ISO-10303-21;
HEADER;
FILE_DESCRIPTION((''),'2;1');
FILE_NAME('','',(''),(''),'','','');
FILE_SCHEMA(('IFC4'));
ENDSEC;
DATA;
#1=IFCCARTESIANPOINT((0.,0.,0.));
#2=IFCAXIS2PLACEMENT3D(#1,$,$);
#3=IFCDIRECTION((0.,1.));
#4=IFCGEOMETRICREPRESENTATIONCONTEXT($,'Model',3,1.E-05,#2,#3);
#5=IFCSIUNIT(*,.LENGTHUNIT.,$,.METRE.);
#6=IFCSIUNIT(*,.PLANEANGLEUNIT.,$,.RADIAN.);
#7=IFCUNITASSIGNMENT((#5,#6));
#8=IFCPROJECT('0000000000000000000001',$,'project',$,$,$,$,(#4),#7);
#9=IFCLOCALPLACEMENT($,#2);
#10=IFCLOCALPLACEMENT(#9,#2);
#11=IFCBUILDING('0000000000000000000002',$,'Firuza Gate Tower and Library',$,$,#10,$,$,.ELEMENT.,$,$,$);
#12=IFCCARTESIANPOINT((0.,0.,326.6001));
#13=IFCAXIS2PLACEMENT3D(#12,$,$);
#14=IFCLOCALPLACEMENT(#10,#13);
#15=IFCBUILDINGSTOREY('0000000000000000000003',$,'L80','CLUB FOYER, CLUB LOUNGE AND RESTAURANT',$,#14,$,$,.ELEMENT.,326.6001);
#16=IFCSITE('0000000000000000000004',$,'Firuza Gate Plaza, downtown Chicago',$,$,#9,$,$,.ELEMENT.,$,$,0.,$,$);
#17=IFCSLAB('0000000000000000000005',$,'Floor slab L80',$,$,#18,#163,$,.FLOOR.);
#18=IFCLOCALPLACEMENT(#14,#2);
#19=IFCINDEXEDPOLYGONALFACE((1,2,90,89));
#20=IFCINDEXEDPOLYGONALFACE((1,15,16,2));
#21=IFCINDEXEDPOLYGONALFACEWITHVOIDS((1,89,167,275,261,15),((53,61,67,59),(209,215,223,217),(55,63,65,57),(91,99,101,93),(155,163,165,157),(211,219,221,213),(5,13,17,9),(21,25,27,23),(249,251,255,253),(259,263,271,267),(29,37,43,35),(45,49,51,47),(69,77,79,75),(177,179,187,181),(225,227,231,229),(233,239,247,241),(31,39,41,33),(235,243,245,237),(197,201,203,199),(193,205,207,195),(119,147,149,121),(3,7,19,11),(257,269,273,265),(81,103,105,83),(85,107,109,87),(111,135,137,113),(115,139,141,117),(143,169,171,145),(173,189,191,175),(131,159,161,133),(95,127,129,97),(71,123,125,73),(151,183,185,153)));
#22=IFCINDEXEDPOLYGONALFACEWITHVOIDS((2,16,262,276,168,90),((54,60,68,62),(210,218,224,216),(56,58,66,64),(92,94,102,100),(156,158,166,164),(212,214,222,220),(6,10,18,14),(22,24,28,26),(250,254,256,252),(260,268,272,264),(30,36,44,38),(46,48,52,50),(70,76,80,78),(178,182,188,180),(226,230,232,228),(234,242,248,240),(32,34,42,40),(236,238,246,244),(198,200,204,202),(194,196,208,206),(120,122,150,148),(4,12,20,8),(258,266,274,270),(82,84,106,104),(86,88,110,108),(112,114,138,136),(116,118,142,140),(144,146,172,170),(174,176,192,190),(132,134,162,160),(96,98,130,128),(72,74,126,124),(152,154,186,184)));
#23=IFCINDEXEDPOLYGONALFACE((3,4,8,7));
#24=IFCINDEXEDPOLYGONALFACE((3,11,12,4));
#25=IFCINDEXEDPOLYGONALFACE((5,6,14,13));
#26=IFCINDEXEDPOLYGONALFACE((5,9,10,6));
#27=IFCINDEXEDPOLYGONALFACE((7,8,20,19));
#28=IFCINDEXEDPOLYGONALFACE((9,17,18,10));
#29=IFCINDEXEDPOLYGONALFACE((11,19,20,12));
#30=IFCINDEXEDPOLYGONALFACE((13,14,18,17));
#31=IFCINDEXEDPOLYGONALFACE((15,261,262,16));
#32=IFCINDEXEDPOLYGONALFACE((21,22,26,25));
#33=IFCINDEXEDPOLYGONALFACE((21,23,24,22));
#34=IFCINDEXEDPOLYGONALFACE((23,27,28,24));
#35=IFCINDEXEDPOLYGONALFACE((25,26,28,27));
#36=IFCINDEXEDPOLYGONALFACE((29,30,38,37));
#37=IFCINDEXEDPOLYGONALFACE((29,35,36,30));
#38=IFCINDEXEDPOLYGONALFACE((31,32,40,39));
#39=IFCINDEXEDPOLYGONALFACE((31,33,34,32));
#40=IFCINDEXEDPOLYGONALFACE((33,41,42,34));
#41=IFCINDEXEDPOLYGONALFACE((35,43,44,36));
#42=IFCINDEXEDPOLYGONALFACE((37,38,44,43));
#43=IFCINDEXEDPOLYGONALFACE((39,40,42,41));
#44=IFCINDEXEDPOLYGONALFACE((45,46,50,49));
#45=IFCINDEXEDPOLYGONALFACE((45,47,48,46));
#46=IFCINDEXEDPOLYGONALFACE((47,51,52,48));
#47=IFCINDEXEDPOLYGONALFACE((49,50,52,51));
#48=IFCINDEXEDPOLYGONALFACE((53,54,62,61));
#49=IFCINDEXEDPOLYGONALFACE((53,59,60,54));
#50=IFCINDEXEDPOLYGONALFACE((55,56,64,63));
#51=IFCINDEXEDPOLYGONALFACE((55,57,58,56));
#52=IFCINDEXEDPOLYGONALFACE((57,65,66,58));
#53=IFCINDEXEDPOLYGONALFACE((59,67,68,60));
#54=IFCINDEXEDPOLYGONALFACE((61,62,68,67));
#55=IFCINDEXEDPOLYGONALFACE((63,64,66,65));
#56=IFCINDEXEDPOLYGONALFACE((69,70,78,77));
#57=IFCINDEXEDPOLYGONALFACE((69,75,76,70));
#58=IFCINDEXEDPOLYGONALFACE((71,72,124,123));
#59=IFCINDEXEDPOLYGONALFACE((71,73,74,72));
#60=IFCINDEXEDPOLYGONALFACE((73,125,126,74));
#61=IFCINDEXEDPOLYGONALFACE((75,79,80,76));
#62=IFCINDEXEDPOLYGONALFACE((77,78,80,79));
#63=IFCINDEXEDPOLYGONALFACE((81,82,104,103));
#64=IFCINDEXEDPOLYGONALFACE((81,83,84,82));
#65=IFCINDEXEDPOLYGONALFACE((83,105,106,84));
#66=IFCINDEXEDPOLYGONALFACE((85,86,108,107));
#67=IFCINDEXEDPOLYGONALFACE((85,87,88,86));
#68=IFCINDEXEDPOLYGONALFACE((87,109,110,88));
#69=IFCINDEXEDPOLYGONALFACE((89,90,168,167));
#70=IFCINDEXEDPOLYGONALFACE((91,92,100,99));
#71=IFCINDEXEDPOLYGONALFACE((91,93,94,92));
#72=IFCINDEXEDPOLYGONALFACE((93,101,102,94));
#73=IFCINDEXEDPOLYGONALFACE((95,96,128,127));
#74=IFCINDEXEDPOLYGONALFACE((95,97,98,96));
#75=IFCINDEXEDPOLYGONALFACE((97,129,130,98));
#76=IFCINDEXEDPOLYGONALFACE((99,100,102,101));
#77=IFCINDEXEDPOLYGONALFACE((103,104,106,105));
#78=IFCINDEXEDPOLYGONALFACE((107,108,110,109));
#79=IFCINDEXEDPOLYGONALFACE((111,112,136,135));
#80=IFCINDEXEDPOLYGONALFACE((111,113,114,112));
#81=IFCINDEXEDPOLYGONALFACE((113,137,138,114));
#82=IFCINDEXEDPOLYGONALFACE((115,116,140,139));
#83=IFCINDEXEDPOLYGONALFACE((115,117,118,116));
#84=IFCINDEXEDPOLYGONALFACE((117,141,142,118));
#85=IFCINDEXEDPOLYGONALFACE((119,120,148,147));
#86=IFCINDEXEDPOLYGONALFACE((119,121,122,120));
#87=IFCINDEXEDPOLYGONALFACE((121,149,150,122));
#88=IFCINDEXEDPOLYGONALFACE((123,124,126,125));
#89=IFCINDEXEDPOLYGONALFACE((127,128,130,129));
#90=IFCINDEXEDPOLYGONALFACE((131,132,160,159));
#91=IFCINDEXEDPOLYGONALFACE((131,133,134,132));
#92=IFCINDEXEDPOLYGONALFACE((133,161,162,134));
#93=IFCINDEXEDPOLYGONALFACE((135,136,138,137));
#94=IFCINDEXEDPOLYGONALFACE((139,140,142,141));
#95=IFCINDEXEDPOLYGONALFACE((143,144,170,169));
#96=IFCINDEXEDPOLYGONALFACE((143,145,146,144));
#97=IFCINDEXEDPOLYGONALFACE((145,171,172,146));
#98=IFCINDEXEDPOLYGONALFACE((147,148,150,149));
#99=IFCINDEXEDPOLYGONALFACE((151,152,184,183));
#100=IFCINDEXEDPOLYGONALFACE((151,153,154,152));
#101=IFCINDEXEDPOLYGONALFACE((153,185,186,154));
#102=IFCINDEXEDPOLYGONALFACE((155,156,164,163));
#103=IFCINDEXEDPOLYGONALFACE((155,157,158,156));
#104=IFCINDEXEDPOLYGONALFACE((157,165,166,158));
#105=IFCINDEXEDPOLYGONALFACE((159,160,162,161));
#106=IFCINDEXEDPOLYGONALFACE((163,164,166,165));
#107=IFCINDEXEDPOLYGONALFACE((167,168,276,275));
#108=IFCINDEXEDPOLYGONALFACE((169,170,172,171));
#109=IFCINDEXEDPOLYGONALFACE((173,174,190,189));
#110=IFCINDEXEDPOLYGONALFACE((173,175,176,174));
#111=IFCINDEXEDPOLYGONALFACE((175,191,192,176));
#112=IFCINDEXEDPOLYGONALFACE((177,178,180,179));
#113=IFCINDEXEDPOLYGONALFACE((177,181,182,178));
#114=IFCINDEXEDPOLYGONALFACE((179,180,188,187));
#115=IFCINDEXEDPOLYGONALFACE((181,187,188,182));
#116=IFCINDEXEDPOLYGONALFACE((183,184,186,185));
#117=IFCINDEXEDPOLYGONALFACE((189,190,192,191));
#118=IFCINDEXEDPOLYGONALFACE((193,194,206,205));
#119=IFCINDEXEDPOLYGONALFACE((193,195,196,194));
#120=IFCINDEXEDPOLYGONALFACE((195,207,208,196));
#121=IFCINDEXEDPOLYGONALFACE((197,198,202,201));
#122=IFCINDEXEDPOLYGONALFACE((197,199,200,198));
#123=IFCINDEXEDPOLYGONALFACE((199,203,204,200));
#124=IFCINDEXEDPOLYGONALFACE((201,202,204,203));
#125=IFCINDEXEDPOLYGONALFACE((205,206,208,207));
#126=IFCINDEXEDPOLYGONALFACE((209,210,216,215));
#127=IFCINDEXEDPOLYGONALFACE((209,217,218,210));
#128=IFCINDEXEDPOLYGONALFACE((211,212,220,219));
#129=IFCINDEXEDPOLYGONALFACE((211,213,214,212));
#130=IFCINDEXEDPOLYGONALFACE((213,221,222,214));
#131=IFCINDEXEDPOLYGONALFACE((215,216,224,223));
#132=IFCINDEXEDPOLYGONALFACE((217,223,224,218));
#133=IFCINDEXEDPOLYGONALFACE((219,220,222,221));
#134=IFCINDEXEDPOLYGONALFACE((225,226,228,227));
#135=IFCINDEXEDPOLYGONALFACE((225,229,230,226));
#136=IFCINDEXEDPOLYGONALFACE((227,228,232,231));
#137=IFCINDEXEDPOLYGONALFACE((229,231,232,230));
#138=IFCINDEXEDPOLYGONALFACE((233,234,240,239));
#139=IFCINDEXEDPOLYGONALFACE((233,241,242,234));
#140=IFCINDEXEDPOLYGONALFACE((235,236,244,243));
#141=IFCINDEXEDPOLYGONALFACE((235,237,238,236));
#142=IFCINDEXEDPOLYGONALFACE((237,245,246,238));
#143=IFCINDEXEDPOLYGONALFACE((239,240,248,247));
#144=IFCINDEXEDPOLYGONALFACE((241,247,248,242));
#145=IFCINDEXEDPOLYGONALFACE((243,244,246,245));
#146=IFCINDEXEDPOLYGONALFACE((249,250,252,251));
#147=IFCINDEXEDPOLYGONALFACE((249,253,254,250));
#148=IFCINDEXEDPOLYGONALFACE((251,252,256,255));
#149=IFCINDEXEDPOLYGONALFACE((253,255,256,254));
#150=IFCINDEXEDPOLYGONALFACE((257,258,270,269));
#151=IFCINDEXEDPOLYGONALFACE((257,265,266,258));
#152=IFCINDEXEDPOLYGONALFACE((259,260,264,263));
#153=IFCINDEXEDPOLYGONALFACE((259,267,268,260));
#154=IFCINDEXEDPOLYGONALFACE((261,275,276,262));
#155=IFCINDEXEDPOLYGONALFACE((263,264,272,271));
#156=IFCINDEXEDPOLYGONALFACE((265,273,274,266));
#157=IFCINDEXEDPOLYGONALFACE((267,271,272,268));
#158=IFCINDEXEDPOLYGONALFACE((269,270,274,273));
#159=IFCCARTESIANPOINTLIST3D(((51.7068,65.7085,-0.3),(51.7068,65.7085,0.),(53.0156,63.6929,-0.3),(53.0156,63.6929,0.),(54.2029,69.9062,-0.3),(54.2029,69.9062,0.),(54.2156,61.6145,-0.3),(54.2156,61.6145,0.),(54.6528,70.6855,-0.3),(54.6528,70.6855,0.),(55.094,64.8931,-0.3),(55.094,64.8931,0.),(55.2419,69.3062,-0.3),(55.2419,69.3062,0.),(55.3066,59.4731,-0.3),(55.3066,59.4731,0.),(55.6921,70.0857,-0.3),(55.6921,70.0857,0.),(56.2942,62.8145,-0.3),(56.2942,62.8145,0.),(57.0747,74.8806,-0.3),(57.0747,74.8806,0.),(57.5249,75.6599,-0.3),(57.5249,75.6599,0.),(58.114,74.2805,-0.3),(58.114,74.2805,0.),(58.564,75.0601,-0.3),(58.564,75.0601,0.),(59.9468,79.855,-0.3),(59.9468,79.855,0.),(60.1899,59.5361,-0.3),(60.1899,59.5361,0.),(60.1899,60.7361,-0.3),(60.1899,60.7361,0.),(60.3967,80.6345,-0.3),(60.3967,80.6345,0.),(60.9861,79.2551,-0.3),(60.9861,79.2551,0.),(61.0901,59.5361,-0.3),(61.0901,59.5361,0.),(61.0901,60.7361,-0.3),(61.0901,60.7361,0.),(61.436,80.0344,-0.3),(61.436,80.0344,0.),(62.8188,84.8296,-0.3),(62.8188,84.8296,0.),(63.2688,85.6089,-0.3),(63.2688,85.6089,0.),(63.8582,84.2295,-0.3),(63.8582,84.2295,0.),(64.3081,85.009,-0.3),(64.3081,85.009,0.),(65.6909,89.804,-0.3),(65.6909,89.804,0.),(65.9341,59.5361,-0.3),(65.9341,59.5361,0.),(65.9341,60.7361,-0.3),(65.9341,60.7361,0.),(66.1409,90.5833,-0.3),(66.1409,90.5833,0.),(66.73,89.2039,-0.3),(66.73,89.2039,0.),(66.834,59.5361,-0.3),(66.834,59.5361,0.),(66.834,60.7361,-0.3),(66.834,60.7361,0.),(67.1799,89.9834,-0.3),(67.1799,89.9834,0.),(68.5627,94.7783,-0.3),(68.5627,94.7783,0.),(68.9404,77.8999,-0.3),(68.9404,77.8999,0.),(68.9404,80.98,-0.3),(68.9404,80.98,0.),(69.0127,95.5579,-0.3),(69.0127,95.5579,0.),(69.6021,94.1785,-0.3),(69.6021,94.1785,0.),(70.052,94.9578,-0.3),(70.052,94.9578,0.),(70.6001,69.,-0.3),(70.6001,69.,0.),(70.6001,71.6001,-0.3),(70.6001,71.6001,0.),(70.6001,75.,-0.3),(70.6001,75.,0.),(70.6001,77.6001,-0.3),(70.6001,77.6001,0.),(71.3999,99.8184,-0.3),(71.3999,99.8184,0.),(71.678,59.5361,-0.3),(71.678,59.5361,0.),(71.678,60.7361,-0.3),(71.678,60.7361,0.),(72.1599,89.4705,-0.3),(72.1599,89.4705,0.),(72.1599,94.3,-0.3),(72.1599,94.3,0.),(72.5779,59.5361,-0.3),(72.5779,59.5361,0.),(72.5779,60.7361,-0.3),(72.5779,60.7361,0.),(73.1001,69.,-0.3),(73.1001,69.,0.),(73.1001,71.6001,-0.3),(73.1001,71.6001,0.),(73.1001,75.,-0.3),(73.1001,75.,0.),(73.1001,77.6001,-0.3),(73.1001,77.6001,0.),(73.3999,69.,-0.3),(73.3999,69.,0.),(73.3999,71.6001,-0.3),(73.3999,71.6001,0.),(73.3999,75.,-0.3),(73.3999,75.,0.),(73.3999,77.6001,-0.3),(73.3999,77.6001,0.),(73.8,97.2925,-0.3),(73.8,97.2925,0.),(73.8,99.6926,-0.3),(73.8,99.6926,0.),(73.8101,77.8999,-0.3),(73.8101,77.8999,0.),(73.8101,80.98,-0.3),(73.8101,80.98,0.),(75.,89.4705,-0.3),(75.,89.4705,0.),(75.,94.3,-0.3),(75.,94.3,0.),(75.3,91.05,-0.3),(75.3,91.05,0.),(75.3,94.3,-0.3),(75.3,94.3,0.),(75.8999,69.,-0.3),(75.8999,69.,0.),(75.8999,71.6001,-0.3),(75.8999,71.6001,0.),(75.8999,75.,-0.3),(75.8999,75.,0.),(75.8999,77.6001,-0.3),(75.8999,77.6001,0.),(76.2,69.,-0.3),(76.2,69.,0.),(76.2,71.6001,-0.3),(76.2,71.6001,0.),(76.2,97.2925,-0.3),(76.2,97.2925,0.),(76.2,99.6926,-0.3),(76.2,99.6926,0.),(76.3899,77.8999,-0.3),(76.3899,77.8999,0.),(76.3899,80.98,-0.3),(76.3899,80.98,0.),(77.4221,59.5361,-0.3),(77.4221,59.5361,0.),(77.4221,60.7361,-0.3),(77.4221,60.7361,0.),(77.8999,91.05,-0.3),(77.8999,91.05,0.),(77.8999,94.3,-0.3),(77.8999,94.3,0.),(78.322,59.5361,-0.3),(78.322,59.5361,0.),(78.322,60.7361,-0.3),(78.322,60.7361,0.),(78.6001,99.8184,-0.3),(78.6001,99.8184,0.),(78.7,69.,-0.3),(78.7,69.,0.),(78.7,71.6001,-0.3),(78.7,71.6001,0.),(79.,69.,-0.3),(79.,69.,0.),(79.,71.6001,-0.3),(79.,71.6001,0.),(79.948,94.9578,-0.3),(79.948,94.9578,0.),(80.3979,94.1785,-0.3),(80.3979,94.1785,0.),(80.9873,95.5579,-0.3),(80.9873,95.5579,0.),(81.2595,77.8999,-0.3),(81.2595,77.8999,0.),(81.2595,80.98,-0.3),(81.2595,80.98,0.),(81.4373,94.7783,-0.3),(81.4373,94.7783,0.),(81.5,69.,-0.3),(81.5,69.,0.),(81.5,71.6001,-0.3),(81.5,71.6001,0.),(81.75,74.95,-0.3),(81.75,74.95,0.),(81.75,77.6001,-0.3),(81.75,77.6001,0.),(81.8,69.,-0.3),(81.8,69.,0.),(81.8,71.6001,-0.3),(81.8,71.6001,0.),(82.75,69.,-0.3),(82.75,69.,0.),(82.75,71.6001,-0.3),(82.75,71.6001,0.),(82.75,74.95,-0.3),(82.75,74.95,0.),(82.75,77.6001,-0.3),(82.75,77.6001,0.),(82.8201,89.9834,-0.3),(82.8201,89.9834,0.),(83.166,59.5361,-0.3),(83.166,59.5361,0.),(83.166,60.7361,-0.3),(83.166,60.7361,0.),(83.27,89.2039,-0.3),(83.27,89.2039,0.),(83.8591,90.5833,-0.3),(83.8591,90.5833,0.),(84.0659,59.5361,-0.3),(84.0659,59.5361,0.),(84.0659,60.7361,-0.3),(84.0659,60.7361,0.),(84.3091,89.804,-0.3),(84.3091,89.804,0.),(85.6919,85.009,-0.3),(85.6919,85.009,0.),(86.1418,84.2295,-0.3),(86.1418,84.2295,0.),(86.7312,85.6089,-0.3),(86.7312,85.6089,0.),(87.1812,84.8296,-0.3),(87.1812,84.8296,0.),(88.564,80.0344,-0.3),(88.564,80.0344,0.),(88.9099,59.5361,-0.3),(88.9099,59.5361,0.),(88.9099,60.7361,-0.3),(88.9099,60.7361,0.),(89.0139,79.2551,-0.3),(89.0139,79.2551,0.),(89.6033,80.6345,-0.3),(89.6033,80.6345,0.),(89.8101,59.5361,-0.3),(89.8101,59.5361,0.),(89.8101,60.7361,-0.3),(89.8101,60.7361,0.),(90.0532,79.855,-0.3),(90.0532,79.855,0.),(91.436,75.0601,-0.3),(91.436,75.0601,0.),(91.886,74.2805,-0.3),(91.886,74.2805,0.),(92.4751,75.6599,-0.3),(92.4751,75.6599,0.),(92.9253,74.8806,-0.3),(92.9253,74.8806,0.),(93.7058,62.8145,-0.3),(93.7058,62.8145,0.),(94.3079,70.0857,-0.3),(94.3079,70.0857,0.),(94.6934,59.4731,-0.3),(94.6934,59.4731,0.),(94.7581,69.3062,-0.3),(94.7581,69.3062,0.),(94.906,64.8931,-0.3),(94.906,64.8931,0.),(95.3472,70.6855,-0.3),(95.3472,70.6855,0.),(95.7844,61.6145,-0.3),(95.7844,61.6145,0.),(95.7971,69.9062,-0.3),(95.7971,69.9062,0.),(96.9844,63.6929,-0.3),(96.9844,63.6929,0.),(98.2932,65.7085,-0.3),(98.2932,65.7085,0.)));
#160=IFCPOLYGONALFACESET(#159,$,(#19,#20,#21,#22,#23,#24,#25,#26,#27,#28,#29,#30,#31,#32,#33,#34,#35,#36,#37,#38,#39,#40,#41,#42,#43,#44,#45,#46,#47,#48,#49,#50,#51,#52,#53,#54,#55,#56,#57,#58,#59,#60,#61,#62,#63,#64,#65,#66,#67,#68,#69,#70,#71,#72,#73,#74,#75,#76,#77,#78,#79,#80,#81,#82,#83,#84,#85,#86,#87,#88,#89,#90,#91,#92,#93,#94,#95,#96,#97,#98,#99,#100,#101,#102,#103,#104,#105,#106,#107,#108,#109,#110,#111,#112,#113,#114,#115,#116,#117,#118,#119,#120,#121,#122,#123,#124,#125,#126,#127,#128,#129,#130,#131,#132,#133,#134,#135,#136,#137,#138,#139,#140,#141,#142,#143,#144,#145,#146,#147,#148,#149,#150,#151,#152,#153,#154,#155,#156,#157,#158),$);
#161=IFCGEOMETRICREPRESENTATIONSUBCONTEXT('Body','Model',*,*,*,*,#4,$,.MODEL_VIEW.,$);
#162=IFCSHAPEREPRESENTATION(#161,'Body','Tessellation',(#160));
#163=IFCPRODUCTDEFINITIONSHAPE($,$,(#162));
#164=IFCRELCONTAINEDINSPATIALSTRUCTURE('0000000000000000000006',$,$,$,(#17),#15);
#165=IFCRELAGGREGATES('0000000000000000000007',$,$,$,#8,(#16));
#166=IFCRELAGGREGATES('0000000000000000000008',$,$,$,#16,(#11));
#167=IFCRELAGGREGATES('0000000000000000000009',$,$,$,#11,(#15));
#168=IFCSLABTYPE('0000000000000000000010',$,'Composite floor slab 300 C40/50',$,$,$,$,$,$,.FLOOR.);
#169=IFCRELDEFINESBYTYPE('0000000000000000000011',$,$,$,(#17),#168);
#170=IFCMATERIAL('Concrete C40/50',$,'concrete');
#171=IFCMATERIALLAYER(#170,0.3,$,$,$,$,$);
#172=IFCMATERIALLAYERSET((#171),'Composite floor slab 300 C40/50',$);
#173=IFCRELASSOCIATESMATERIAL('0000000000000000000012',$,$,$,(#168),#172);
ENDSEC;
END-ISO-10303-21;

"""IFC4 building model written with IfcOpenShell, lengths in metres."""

from ifc_helpers import new_model, si_unit, direction, frame, origin, place, context, subcontext, project, spatial, polyline, outline, extrude, material, layer, layer_set, type_object, element, save


model = new_model("IFC4")

# Units and contexts
model_context = context("Model", 3, precision=1e-05, world=origin(), true_north=direction((0.0, 1.0)))
body_context = subcontext(model_context, "Body", "Model", "MODEL_VIEW")
ifc_project = project(units=[si_unit("LENGTHUNIT", "METRE"), si_unit("PLANEANGLEUNIT", "RADIAN")], contexts=[model_context])

# Site, building, storey
site_placement = place(None, origin())
site = spatial("IfcSite", under=ifc_project, at=site_placement, Name="Firuza Gate Plaza, downtown Chicago", CompositionType="ELEMENT", RefElevation=0.0)
building_placement = place(site_placement, origin())
building = spatial("IfcBuilding", under=site, at=building_placement, Name="Firuza Gate Tower and Library", CompositionType="ELEMENT")
storey_placement = place(building_placement, frame((0.0, 0.0, 326.6001)))
storey = spatial("IfcBuildingStorey", under=building, at=storey_placement, Name="L80", Description="CLUB FOYER, CLUB LOUNGE AND RESTAURANT", CompositionType="ELEMENT", Elevation=326.6001)

# Slab
ifc_material_1 = material(Name="Concrete C40/50", Category="concrete")
ifc_layer_1 = layer(ifc_material_1, 0.3)
ifc_layer_set_1 = layer_set([ifc_layer_1], Name="Composite floor slab 300 C40/50")
slab_type_1 = type_object("IfcSlabType", Name="Composite floor slab 300 C40/50", PredefinedType="FLOOR", material=ifc_layer_set_1)
slab_1_placement = place(storey_placement, frame((0.0, 0.0, -0.3)))
element("IfcSlab", 1, at=slab_1_placement, inside=storey, type_object=slab_type_1, Name="Floor slab L80", PredefinedType="FLOOR", context=body_context, shape_type="SweptSolid", body=[
    extrude(outline(polyline([(51.7068, 65.7085), (55.3066, 59.4731), (94.6934, 59.4731), (98.2932, 65.7085), (78.6001, 99.8184), (71.3999, 99.8184), (51.7068, 65.7085)]), holes=[polyline([(60.1899, 59.5361), (60.1899, 60.7361), (61.0901, 60.7361), (61.0901, 59.5361), (60.1899, 59.5361)]), polyline([(65.9341, 59.5361), (65.9341, 60.7361), (66.834, 60.7361), (66.834, 59.5361), (65.9341, 59.5361)]), polyline([(71.678, 59.5361), (71.678, 60.7361), (72.5779, 60.7361), (72.5779, 59.5361), (71.678, 59.5361)]), polyline([(53.0156, 63.6929), (55.094, 64.8931), (56.2942, 62.8145), (54.2156, 61.6145), (53.0156, 63.6929)]), polyline([(54.6528, 70.6855), (55.6921, 70.0857), (55.2419, 69.3062), (54.2029, 69.9062), (54.6528, 70.6855)]), polyline([(73.1001, 69.0), (70.6001, 69.0), (70.6001, 71.6001), (73.1001, 71.6001), (73.1001, 69.0)]), polyline([(75.8999, 69.0), (73.3999, 69.0), (73.3999, 71.6001), (75.8999, 71.6001), (75.8999, 69.0)]), polyline([(57.5249, 75.6599), (58.564, 75.0601), (58.114, 74.2805), (57.0747, 74.8806), (57.5249, 75.6599)]), polyline([(73.1001, 75.0), (70.6001, 75.0), (70.6001, 77.6001), (73.1001, 77.6001), (73.1001, 75.0)]), polyline([(75.8999, 75.0), (73.3999, 75.0), (73.3999, 77.6001), (75.8999, 77.6001), (75.8999, 75.0)]), polyline([(68.9404, 77.8999), (68.9404, 80.98), (73.8101, 80.98), (73.8101, 77.8999), (68.9404, 77.8999)]), polyline([(60.3967, 80.6345), (61.436, 80.0344), (60.9861, 79.2551), (59.9468, 79.855), (60.3967, 80.6345)]), polyline([(63.2688, 85.6089), (64.3081, 85.009), (63.8582, 84.2295), (62.8188, 84.8296), (63.2688, 85.6089)]), polyline([(66.1409, 90.5833), (67.1799, 89.9834), (66.73, 89.2039), (65.6909, 89.804), (66.1409, 90.5833)]), polyline([(72.1599, 89.4705), (72.1599, 94.3), (75.0, 94.3), (75.0, 89.4705), (72.1599, 89.4705)]), polyline([(69.0127, 95.5579), (70.052, 94.9578), (69.6021, 94.1785), (68.5627, 94.7783), (69.0127, 95.5579)]), polyline([(76.2, 99.6926), (76.2, 97.2925), (73.8, 97.2925), (73.8, 99.6926), (76.2, 99.6926)]), polyline([(77.4221, 59.5361), (77.4221, 60.7361), (78.322, 60.7361), (78.322, 59.5361), (77.4221, 59.5361)]), polyline([(83.166, 59.5361), (83.166, 60.7361), (84.0659, 60.7361), (84.0659, 59.5361), (83.166, 59.5361)]), polyline([(88.9099, 59.5361), (88.9099, 60.7361), (89.8101, 60.7361), (89.8101, 59.5361), (88.9099, 59.5361)]), polyline([(95.7844, 61.6145), (93.7058, 62.8145), (94.906, 64.8931), (96.9844, 63.6929), (95.7844, 61.6145)]), polyline([(95.7971, 69.9062), (94.7581, 69.3062), (94.3079, 70.0857), (95.3472, 70.6855), (95.7971, 69.9062)]), polyline([(78.7, 69.0), (76.2, 69.0), (76.2, 71.6001), (78.7, 71.6001), (78.7, 69.0)]), polyline([(81.5, 69.0), (79.0, 69.0), (79.0, 71.6001), (81.5, 71.6001), (81.5, 69.0)]), polyline([(82.75, 69.0), (81.8, 69.0), (81.8, 71.6001), (82.75, 71.6001), (82.75, 69.0)]), polyline([(92.9253, 74.8806), (91.886, 74.2805), (91.436, 75.0601), (92.4751, 75.6599), (92.9253, 74.8806)]), polyline([(82.75, 74.95), (81.75, 74.95), (81.75, 77.6001), (82.75, 77.6001), (82.75, 74.95)]), polyline([(81.2595, 80.98), (81.2595, 77.8999), (76.3899, 77.8999), (76.3899, 80.98), (81.2595, 80.98)]), polyline([(90.0532, 79.855), (89.0139, 79.2551), (88.564, 80.0344), (89.6033, 80.6345), (90.0532, 79.855)]), polyline([(87.1812, 84.8296), (86.1418, 84.2295), (85.6919, 85.009), (86.7312, 85.6089), (87.1812, 84.8296)]), polyline([(84.3091, 89.804), (83.27, 89.2039), (82.8201, 89.9834), (83.8591, 90.5833), (84.3091, 89.804)]), polyline([(75.3, 91.05), (75.3, 94.3), (77.8999, 94.3), (77.8999, 91.05), (75.3, 91.05)]), polyline([(80.3979, 94.1785), (79.948, 94.9578), (80.9873, 95.5579), (81.4373, 94.7783), (80.3979, 94.1785)])]), origin(), (0.0, 0.0, 1.0), 0.3),
])

save(model, "model.ifc")
